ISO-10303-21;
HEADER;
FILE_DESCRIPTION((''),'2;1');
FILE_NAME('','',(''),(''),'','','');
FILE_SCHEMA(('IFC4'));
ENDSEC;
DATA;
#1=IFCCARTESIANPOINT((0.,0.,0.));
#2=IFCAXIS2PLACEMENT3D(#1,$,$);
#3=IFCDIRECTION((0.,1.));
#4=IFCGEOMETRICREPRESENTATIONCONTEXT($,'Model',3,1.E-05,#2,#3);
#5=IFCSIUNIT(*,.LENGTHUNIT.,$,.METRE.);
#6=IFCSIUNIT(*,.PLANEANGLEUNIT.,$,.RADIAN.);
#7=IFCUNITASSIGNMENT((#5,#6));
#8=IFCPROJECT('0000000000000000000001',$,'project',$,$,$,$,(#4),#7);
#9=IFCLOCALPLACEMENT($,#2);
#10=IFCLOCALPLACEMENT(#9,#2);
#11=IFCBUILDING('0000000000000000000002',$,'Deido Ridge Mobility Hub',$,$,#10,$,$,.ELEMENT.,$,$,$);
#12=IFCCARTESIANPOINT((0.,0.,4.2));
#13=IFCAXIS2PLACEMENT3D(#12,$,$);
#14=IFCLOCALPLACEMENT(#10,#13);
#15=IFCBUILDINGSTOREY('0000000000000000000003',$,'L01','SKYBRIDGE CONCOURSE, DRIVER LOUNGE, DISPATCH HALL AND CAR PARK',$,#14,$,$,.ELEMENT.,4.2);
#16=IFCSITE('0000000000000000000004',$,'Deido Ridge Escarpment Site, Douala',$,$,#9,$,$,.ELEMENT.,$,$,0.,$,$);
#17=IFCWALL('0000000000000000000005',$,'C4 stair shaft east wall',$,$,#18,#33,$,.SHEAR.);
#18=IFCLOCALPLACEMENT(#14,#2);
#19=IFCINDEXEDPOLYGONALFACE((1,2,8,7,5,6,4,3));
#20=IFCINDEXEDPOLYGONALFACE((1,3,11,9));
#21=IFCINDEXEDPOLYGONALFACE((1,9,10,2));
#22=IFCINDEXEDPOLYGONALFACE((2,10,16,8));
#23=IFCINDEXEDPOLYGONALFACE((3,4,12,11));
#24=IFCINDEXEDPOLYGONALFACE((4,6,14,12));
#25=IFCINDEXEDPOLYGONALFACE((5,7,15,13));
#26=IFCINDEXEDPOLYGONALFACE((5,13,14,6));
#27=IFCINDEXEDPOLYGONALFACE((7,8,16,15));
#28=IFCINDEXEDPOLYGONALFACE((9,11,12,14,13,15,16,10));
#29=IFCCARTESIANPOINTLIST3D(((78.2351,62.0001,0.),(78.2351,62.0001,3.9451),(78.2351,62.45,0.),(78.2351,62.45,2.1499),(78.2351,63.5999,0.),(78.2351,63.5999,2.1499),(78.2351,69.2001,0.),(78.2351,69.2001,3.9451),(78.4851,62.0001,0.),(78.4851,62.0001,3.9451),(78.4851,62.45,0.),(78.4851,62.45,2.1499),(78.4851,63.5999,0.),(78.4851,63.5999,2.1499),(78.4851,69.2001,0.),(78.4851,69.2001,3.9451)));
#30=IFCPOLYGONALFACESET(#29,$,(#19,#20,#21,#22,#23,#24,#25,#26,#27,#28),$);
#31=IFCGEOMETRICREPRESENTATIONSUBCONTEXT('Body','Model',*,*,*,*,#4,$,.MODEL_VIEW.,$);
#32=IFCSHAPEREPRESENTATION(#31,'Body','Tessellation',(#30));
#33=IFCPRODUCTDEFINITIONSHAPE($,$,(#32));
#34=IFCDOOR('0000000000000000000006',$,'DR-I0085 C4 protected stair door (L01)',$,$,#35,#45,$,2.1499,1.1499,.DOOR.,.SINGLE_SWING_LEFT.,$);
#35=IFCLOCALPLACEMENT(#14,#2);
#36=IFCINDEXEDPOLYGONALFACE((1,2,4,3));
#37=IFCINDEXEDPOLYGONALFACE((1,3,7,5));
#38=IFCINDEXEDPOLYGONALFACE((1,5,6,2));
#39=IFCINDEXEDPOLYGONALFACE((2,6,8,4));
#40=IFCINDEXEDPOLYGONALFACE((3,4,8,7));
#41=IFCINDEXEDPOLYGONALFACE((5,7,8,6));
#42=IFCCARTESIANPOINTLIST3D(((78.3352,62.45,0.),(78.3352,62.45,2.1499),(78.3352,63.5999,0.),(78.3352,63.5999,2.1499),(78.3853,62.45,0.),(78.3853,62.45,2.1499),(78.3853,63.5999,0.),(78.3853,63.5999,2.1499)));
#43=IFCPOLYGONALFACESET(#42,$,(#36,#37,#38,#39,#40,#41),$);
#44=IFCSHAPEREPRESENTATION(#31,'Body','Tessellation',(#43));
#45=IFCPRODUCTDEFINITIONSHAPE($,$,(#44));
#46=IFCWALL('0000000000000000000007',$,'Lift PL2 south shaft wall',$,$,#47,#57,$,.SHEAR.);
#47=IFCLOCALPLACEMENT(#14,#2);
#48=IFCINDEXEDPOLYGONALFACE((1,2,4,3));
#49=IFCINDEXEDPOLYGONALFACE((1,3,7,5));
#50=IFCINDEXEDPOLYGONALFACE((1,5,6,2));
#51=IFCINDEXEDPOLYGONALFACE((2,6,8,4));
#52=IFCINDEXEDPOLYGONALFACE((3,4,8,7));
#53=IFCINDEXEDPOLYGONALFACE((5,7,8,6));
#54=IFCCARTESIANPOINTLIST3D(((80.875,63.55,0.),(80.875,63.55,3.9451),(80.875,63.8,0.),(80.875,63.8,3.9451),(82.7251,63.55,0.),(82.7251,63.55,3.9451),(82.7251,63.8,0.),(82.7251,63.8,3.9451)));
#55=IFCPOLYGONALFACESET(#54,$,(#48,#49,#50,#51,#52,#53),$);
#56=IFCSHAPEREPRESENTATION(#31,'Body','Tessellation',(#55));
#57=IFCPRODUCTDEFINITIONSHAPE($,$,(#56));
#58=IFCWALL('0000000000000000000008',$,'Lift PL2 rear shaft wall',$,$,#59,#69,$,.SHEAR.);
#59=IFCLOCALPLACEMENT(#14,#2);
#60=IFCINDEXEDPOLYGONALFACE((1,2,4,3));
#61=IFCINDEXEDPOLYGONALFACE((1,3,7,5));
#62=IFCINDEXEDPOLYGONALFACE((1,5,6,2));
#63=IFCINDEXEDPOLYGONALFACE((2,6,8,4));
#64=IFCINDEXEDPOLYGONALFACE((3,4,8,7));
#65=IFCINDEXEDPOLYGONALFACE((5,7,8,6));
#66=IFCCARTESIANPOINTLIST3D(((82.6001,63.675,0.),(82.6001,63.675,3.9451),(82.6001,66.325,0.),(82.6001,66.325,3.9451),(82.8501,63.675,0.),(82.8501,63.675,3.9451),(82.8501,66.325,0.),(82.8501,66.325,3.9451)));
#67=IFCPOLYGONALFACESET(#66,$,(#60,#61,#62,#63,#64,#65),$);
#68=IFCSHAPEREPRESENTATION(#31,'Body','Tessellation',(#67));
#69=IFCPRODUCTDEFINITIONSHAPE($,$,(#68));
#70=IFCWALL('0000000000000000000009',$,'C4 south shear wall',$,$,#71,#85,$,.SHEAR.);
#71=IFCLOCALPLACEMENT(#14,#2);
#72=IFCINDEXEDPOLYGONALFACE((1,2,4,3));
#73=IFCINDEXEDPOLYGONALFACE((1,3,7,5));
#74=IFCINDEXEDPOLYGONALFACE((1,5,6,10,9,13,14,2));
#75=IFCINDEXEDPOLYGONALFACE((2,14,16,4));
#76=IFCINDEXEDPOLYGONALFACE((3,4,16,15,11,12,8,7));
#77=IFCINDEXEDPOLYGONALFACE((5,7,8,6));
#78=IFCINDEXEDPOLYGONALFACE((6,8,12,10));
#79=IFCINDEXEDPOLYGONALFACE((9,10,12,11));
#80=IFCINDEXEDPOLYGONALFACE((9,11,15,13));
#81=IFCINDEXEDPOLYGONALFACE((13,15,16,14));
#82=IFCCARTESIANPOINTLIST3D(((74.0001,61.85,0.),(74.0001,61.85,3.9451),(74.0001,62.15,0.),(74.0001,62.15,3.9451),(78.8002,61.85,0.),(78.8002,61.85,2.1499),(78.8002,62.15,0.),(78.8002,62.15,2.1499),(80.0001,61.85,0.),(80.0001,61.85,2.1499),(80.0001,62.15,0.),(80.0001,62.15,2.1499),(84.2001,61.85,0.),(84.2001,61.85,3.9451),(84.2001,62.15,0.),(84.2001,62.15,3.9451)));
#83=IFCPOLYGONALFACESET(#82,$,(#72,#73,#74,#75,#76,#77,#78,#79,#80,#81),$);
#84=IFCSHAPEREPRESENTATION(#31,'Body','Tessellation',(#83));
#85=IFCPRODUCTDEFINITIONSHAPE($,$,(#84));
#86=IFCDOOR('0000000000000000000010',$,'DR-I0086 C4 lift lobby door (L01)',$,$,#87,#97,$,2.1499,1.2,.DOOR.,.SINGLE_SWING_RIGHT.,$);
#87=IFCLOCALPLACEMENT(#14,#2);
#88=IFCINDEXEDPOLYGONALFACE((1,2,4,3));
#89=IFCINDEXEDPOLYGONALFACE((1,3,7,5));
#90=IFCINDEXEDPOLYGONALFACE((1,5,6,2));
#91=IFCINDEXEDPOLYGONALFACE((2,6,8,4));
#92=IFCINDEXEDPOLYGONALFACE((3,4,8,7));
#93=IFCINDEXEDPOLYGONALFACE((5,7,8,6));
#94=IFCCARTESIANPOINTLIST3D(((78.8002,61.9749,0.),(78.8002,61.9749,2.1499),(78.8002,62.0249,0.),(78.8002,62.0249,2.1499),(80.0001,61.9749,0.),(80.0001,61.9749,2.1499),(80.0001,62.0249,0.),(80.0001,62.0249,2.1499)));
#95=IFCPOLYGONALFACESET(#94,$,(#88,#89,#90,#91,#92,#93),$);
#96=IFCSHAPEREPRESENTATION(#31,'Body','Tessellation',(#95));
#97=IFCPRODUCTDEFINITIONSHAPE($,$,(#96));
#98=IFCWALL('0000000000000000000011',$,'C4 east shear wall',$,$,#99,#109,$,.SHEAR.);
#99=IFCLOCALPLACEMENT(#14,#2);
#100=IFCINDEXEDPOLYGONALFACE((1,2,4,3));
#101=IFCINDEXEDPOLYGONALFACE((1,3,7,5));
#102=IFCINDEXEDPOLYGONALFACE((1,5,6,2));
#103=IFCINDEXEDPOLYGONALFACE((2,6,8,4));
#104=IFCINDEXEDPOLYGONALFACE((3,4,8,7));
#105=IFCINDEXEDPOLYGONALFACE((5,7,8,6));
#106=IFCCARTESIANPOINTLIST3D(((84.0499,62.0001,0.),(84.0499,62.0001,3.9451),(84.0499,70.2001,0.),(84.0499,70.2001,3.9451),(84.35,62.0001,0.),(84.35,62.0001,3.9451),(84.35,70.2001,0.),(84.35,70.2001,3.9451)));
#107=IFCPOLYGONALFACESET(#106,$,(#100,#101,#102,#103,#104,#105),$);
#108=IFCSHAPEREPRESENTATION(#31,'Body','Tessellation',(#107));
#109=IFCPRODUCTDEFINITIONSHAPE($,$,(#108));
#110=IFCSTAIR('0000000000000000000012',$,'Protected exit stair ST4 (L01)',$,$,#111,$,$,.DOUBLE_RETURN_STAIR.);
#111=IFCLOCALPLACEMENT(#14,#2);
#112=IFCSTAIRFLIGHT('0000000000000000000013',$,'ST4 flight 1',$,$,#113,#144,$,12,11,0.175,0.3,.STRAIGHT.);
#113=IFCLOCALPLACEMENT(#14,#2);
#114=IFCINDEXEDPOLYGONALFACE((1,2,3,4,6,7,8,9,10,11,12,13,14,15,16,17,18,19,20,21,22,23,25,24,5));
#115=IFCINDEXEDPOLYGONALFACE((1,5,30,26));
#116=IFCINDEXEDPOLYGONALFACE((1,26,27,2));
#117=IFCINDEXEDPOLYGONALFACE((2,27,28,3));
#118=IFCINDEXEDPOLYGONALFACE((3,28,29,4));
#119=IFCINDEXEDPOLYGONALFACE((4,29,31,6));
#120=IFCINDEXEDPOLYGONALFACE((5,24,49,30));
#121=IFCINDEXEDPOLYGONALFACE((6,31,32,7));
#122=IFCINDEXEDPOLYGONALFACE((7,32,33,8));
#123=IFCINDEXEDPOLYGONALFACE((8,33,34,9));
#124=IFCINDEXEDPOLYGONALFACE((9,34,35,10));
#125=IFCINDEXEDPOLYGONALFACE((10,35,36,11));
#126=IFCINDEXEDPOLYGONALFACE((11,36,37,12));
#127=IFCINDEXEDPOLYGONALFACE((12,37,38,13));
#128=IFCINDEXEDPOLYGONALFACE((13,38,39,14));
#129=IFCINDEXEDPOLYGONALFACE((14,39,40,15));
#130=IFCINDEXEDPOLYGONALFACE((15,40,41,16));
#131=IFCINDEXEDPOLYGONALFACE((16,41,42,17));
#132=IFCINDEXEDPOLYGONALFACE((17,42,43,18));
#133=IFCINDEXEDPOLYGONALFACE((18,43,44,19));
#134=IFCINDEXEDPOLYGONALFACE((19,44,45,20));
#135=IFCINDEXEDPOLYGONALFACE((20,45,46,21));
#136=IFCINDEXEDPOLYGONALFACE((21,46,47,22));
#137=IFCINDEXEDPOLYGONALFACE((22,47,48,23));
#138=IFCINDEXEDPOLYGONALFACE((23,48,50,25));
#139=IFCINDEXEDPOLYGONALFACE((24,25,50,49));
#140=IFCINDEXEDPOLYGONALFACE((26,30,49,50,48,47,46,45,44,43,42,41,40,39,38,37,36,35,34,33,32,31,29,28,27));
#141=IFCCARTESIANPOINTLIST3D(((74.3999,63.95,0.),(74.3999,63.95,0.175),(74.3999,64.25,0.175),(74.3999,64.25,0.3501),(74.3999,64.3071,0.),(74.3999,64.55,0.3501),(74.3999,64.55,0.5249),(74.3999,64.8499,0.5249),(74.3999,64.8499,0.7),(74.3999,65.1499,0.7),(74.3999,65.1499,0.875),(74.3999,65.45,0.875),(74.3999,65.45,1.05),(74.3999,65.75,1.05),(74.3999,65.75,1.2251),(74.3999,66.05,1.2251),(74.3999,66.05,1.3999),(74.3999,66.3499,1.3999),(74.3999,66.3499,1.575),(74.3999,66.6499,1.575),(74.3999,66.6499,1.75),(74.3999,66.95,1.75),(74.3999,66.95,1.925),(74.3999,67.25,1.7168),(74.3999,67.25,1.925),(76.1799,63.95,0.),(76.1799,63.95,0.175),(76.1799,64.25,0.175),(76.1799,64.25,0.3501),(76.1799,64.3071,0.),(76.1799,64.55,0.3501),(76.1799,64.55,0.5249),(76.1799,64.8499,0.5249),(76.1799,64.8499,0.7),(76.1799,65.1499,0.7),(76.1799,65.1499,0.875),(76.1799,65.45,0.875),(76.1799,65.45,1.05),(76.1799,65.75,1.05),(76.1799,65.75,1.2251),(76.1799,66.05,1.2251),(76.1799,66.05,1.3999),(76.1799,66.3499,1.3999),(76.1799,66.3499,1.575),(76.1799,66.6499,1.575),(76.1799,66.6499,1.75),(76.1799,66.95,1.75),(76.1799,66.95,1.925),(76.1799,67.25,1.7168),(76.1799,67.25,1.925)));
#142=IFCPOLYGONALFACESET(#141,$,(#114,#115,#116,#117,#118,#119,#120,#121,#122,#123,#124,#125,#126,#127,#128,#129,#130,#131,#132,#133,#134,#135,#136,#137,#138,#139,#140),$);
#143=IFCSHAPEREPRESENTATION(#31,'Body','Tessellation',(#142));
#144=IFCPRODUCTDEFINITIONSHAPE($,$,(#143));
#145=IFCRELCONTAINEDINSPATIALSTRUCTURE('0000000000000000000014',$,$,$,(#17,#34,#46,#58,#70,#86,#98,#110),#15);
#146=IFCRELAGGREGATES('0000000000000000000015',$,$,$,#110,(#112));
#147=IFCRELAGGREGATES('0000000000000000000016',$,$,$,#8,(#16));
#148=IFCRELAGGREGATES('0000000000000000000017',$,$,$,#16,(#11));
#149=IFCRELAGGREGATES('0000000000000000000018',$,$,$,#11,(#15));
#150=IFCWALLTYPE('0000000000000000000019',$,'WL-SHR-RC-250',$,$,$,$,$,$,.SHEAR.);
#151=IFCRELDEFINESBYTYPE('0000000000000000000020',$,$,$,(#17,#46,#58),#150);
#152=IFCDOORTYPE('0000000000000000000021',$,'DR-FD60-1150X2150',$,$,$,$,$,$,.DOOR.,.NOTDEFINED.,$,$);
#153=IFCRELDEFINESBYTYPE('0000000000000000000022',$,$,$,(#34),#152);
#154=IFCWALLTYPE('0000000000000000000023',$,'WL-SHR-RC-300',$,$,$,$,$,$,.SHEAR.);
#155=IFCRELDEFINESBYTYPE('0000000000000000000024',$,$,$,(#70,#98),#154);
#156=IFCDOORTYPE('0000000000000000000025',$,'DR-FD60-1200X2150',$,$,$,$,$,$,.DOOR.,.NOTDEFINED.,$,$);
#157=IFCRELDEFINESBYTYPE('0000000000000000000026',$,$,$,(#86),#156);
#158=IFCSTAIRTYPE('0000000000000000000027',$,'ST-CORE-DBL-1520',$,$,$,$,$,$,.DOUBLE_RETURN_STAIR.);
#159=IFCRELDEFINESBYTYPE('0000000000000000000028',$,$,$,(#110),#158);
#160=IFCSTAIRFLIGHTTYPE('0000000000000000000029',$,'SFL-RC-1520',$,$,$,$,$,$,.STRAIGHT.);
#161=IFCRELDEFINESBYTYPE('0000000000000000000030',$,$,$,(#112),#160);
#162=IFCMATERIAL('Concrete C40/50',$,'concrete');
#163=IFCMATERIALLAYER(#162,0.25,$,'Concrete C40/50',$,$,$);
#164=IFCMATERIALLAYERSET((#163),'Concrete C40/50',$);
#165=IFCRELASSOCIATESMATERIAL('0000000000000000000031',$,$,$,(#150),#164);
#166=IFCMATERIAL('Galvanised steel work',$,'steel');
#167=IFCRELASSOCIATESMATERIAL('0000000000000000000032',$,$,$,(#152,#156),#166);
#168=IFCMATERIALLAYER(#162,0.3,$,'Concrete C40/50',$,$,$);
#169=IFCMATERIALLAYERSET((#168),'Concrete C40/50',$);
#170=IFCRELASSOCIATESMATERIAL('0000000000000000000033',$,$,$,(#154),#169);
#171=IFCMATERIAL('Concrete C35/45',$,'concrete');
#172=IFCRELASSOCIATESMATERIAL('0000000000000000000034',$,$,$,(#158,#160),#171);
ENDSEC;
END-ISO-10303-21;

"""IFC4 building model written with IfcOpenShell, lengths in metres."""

from ifc_helpers import new_model, si_unit, direction, frame, frame_2d, origin, place, context, subcontext, project, spatial, polyline, rectangle, outline, extrude, material, layer, layer_set, type_object, element, fill, aggregate, save


model = new_model("IFC4")

# Units and contexts
model_context = context("Model", 3, precision=1e-05, world=origin(), true_north=direction((0.0, 1.0)))
body_context = subcontext(model_context, "Body", "Model", "MODEL_VIEW")
ifc_project = project(units=[si_unit("LENGTHUNIT", "METRE"), si_unit("PLANEANGLEUNIT", "RADIAN")], contexts=[model_context])

# Site, building, storey
site_placement = place(None, origin())
site = spatial("IfcSite", under=ifc_project, at=site_placement, Name="Deido Ridge Escarpment Site, Douala", CompositionType="ELEMENT", RefElevation=0.0)
building_placement = place(site_placement, origin())
building = spatial("IfcBuilding", under=site, at=building_placement, Name="Deido Ridge Mobility Hub", CompositionType="ELEMENT")
storey_placement = place(building_placement, frame((0.0, 0.0, 4.2)))
storey = spatial("IfcBuildingStorey", under=building, at=storey_placement, Name="L01", Description="SKYBRIDGE CONCOURSE, DRIVER LOUNGE, DISPATCH HALL AND CAR PARK", CompositionType="ELEMENT", Elevation=4.2)

# Wall, opening, door
ifc_material_1 = material(Name="Concrete C40/50", Category="concrete")
ifc_layer_1 = layer(ifc_material_1, 0.25, Name="Concrete C40/50")
ifc_layer_set_1 = layer_set([ifc_layer_1], Name="Concrete C40/50")
wall_type_1 = type_object("IfcWallType", Name="WL-SHR-RC-250", PredefinedType="SHEAR", material=ifc_layer_set_1)
wall_1_placement = place(storey_placement, frame((78.3601, 62.0, 0.0), z_axis=(0.0, 0.0, 1.0), x_axis=(0.0, 1.0, 0.0)))
wall_1 = element("IfcWall", 1, at=wall_1_placement, inside=storey, type_object=wall_type_1, Name="C4 stair shaft east wall", PredefinedType="SHEAR", context=body_context, shape_type="SweptSolid", body=[
    extrude(rectangle(XDim=7.2, YDim=0.25, at=frame_2d((3.6001, 0.0))), origin(), (0.0, 0.0, 1.0), 3.9451),
])
opening_1_placement = place(wall_1_placement, frame((0.45, 0.0, 0.0)))
opening_1 = element("IfcOpeningElement", 2, at=opening_1_placement, cuts=wall_1, PredefinedType="OPENING", context=body_context, shape_type="SweptSolid", body=[
    extrude(rectangle(XDim=1.1499, YDim=2.1499, at=frame_2d((0.575, 1.075))), frame((0.0, 0.135, 0.0), z_axis=(0.0, -1.0, 0.0), x_axis=(1.0, 0.0, 0.0)), (0.0, 0.0, 1.0), 0.27),
])
ifc_material_2 = material(Name="Galvanised steel work", Category="steel")
door_type_1 = type_object("IfcDoorType", Name="DR-FD60-1150X2150", OperationType="NOTDEFINED", PredefinedType="DOOR", material=ifc_material_2)
door_1_placement = place(opening_1_placement, origin())
door_1 = element("IfcDoor", 3, at=door_1_placement, inside=storey, type_object=door_type_1, Name="DR-I0085 C4 protected stair door (L01)", OperationType="SINGLE_SWING_LEFT", OverallHeight=2.1499, OverallWidth=1.1499, PredefinedType="DOOR", context=body_context, shape_type="SweptSolid", body=[
    extrude(rectangle(XDim=1.1499, YDim=2.1499, at=frame_2d((0.575, 1.075))), frame((0.0, 0.0249, 0.0), z_axis=(0.0, -1.0, 0.0), x_axis=(1.0, 0.0, 0.0)), (0.0, 0.0, 1.0), 0.05),
])
fill(opening_1, door_1)

# Walls
wall_2_placement = place(storey_placement, frame((80.875, 63.675, 0.0), z_axis=(0.0, 0.0, 1.0), x_axis=(1.0, 0.0, 0.0)))
element("IfcWall", 4, at=wall_2_placement, inside=storey, type_object=wall_type_1, Name="Lift PL2 south shaft wall", PredefinedType="SHEAR", context=body_context, shape_type="SweptSolid", body=[
    extrude(rectangle(XDim=1.8501, YDim=0.25, at=frame_2d((0.925, 0.0))), origin(), (0.0, 0.0, 1.0), 3.9451),
])
wall_3_placement = place(storey_placement, frame((82.7251, 63.675, 0.0), z_axis=(0.0, 0.0, 1.0), x_axis=(0.0, 1.0, 0.0)))
element("IfcWall", 5, at=wall_3_placement, inside=storey, type_object=wall_type_1, Name="Lift PL2 rear shaft wall", PredefinedType="SHEAR", context=body_context, shape_type="SweptSolid", body=[
    extrude(rectangle(XDim=2.6499, YDim=0.25, at=frame_2d((1.325, 0.0))), origin(), (0.0, 0.0, 1.0), 3.9451),
])

# Wall, opening, door
ifc_layer_2 = layer(ifc_material_1, 0.3, Name="Concrete C40/50")
ifc_layer_set_2 = layer_set([ifc_layer_2], Name="Concrete C40/50")
wall_type_2 = type_object("IfcWallType", Name="WL-SHR-RC-300", PredefinedType="SHEAR", material=ifc_layer_set_2)
wall_4_placement = place(storey_placement, frame((74.0, 62.0, 0.0), z_axis=(0.0, 0.0, 1.0), x_axis=(1.0, 0.0, 0.0)))
wall_4 = element("IfcWall", 6, at=wall_4_placement, inside=storey, type_object=wall_type_2, Name="C4 south shear wall", PredefinedType="SHEAR", context=body_context, shape_type="SweptSolid", body=[
    extrude(rectangle(XDim=10.2, YDim=0.3, at=frame_2d((5.1001, 0.0))), origin(), (0.0, 0.0, 1.0), 3.9451),
])
opening_2_placement = place(wall_4_placement, frame((4.8, 0.0, 0.0)))
opening_2 = element("IfcOpeningElement", 7, at=opening_2_placement, cuts=wall_4, PredefinedType="OPENING", context=body_context, shape_type="SweptSolid", body=[
    extrude(rectangle(XDim=1.2, YDim=2.1499, at=frame_2d((0.6001, 1.075))), frame((0.0, 0.1602, 0.0), z_axis=(0.0, -1.0, 0.0), x_axis=(1.0, 0.0, 0.0)), (0.0, 0.0, 1.0), 0.3201),
])
door_type_2 = type_object("IfcDoorType", Name="DR-FD60-1200X2150", OperationType="NOTDEFINED", PredefinedType="DOOR", material=ifc_material_2)
door_2_placement = place(opening_2_placement, origin())
door_2 = element("IfcDoor", 8, at=door_2_placement, inside=storey, type_object=door_type_2, Name="DR-I0086 C4 lift lobby door (L01)", OperationType="SINGLE_SWING_RIGHT", OverallHeight=2.1499, OverallWidth=1.2, PredefinedType="DOOR", context=body_context, shape_type="SweptSolid", body=[
    extrude(rectangle(XDim=1.2, YDim=2.1499, at=frame_2d((0.6001, 1.075))), frame((0.0, 0.0249, 0.0), z_axis=(0.0, -1.0, 0.0), x_axis=(1.0, 0.0, 0.0)), (0.0, 0.0, 1.0), 0.05),
])
fill(opening_2, door_2)

# Wall
wall_5_placement = place(storey_placement, frame((84.2, 62.0, 0.0), z_axis=(0.0, 0.0, 1.0), x_axis=(0.0, 1.0, 0.0)))
element("IfcWall", 9, at=wall_5_placement, inside=storey, type_object=wall_type_2, Name="C4 east shear wall", PredefinedType="SHEAR", context=body_context, shape_type="SweptSolid", body=[
    extrude(rectangle(XDim=8.2, YDim=0.3, at=frame_2d((4.1001, 0.0))), origin(), (0.0, 0.0, 1.0), 3.9451),
])

# Stair, stair flight
ifc_material_3 = material(Name="Concrete C35/45", Category="concrete")
stair_type = type_object("IfcStairType", Name="ST-CORE-DBL-1520", PredefinedType="DOUBLE_RETURN_STAIR", material=ifc_material_3)
stair_placement = place(storey_placement, origin())
stair = element("IfcStair", 10, at=stair_placement, inside=storey, type_object=stair_type, Name="Protected exit stair ST4 (L01)", PredefinedType="DOUBLE_RETURN_STAIR")
stair_flight_type = type_object("IfcStairFlightType", Name="SFL-RC-1520", PredefinedType="STRAIGHT", material=ifc_material_3)
stair_flight_placement = place(storey_placement, frame((75.29, 63.95, 0.0), z_axis=(0.0, 0.0, 1.0), x_axis=(0.0, 1.0, 0.0)))
stair_flight = element("IfcStairFlight", 11, at=stair_flight_placement, type_object=stair_flight_type, Name="ST4 flight 1", NumberOfRisers=12, NumberOfTreads=11, PredefinedType="STRAIGHT", RiserHeight=0.175, TreadLength=0.3, context=body_context, shape_type="SweptSolid", body=[
    extrude(outline(polyline([(0.0, 0.0), (0.0, 0.175), (0.3, 0.175), (0.3, 0.3501), (0.6001, 0.3501), (0.6001, 0.5249), (0.8999, 0.5249), (0.8999, 0.7), (1.2, 0.7), (1.2, 0.875), (1.5, 0.875), (1.5, 1.05), (1.8, 1.05), (1.8, 1.2251), (2.1001, 1.2251), (2.1001, 1.3999), (2.3999, 1.3999), (2.3999, 1.575), (2.7, 1.575), (2.7, 1.75), (3.0, 1.75), (3.0, 1.925), (3.3, 1.925), (3.3, 2.1001), (3.3, 1.7168), (0.3572, 0.0), (0.0, 0.0)])), frame((0.0, 0.8901, 0.0), z_axis=(0.0, -1.0, 0.0), x_axis=(1.0, 0.0, 0.0)), (0.0, 0.0, 1.0), 1.78),
])
aggregate(stair, [stair_flight])

save(model, "model.ifc")
